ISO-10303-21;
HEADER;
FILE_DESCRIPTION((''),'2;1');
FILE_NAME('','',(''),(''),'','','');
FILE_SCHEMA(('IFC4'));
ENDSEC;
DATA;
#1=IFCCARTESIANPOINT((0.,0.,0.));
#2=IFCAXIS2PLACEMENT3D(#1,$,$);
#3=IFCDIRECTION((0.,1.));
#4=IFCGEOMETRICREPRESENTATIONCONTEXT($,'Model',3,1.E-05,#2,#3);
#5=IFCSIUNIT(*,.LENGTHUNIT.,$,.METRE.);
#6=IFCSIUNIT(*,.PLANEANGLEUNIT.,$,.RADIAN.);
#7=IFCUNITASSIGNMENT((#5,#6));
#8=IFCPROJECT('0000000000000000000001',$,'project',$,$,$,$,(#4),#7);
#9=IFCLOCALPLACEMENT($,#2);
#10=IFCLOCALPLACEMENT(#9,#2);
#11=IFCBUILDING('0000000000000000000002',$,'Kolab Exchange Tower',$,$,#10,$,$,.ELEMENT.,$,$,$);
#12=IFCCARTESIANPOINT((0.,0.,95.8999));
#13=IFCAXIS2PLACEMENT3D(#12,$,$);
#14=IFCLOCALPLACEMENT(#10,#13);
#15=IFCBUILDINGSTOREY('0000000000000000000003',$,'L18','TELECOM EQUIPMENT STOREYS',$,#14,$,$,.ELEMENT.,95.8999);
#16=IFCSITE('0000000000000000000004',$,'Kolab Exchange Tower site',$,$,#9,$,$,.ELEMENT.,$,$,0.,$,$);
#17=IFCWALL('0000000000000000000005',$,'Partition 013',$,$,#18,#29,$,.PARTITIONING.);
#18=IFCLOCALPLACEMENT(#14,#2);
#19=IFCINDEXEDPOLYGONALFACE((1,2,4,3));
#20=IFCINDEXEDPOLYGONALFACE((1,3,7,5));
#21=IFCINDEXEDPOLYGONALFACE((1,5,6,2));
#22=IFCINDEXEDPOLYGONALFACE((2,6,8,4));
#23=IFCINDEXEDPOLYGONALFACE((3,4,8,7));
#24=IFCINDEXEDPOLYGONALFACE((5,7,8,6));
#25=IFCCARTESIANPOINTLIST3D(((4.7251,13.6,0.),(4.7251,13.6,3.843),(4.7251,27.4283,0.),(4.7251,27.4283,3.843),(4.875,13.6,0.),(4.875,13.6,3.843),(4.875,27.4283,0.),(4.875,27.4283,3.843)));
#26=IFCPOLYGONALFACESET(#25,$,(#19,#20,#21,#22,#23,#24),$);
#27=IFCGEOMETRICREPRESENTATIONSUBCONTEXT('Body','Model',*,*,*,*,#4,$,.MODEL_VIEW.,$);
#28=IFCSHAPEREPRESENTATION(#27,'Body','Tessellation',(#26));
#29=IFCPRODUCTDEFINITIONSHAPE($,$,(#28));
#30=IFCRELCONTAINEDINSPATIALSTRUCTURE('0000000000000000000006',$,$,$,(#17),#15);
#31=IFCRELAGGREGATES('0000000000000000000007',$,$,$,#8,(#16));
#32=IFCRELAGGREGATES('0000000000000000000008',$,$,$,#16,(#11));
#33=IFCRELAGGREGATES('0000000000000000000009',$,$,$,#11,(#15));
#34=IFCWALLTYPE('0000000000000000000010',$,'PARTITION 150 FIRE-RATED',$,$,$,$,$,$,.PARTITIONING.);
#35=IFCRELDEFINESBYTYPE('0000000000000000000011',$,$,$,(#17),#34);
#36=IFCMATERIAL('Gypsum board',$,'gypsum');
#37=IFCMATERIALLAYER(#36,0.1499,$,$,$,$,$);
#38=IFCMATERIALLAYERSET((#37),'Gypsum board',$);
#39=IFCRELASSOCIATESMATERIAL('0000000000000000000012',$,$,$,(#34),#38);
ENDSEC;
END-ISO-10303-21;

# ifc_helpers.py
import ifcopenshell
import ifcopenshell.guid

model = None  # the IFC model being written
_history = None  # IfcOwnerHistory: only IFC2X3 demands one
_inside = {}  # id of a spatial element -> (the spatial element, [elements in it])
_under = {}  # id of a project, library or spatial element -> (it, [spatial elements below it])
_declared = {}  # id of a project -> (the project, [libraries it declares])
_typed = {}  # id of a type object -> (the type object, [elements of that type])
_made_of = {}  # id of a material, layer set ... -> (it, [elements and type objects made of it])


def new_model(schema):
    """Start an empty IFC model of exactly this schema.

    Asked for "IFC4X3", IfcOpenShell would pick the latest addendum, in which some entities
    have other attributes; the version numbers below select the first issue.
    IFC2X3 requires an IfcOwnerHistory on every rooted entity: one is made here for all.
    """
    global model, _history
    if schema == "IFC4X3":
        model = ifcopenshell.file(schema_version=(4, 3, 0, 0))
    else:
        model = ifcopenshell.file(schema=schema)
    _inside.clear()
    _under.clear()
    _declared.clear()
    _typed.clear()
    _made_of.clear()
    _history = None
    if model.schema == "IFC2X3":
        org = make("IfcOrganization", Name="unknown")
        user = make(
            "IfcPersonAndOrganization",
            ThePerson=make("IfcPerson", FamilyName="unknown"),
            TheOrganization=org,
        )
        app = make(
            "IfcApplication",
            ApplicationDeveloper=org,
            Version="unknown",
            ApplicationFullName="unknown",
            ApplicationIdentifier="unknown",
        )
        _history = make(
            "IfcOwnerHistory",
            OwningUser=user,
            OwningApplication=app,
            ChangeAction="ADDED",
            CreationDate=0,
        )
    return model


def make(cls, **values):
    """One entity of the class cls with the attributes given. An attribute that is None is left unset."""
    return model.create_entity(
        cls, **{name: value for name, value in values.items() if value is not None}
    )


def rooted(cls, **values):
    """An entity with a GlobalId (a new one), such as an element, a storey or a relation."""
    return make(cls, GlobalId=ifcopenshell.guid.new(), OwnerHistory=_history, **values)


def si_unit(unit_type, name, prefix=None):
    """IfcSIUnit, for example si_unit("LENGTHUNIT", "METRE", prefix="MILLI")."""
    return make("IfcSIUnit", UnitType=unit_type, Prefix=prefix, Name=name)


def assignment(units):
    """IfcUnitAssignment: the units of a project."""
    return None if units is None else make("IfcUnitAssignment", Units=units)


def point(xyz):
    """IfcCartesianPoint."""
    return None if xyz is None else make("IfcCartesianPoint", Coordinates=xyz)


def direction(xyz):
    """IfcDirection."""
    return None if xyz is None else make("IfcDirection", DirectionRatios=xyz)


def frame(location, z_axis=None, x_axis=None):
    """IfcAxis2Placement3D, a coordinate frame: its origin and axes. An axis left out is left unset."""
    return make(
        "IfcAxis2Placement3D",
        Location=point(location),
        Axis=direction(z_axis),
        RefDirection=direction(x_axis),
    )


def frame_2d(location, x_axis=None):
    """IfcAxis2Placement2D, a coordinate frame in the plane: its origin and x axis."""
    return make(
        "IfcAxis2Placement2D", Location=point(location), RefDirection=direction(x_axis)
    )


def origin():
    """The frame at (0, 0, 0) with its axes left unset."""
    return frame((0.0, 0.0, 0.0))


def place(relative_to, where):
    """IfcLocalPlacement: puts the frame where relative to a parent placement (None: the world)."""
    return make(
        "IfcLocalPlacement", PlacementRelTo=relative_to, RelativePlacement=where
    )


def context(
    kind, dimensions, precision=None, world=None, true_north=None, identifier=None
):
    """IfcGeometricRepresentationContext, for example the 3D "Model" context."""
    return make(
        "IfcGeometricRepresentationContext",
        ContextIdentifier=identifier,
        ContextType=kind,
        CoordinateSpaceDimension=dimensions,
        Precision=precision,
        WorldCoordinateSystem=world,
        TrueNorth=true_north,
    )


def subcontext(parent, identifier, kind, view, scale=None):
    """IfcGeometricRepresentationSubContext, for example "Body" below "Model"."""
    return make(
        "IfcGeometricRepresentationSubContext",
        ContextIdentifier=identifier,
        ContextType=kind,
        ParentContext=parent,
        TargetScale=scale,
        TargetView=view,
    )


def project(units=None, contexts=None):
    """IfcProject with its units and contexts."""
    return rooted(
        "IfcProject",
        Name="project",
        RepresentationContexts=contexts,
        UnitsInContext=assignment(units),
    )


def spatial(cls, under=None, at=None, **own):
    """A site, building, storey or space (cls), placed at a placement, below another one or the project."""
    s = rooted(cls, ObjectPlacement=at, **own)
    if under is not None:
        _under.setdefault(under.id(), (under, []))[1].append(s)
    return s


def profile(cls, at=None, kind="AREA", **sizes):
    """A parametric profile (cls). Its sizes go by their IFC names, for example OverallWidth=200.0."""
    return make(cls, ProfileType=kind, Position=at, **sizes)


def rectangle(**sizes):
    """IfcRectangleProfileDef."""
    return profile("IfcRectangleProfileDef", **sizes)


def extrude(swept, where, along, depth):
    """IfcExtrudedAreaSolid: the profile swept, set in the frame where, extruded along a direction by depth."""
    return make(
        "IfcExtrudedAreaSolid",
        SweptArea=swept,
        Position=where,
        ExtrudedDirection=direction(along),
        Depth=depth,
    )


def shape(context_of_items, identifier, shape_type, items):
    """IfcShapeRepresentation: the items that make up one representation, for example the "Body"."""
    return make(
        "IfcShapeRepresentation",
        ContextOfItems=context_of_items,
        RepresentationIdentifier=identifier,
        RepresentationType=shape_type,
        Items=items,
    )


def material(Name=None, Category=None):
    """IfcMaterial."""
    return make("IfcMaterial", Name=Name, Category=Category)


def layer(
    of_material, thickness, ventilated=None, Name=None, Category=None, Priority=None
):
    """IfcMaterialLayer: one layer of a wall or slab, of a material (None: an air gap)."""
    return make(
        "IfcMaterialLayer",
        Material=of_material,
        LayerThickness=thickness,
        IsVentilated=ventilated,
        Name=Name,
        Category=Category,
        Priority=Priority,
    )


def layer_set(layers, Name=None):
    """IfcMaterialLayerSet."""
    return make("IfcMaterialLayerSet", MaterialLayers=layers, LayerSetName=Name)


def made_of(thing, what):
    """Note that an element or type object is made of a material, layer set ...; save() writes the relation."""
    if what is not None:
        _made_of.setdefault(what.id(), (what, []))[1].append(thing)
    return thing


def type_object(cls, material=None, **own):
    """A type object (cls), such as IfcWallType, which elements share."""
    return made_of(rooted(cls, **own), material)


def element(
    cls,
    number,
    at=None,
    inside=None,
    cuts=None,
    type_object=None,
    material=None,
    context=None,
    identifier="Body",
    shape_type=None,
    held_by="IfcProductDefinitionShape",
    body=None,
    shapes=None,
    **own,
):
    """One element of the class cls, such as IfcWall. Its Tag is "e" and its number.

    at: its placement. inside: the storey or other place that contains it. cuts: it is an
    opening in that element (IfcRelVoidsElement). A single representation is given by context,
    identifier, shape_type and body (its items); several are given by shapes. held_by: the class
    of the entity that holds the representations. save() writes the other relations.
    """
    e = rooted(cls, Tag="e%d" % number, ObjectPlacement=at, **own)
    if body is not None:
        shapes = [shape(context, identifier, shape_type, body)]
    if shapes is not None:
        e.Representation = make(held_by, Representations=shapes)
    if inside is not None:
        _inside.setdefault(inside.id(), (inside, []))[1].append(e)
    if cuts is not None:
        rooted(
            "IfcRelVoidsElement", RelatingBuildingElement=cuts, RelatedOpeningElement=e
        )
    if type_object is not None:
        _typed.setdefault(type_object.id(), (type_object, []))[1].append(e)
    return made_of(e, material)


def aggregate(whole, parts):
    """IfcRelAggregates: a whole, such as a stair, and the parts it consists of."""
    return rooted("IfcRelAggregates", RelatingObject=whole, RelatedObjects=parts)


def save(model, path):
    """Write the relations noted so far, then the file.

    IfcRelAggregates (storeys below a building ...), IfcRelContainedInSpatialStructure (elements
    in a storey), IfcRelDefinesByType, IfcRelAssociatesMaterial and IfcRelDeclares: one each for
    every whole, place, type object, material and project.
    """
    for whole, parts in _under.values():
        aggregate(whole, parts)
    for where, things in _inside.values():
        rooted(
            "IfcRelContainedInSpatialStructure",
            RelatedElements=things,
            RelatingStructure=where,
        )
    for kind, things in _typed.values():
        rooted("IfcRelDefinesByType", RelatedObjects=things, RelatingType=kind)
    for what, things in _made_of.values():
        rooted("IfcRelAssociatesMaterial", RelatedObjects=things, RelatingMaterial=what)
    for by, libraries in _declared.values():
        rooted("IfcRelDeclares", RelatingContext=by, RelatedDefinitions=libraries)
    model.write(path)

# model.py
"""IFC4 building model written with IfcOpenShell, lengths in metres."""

from ifc_helpers import new_model, si_unit, direction, frame, frame_2d, origin, place, context, subcontext, project, spatial, rectangle, extrude, material, layer, layer_set, type_object, element, save


model = new_model("IFC4")

# Units and contexts
model_context = context("Model", 3, precision=1e-05, world=origin(), true_north=direction((0.0, 1.0)))
body_context = subcontext(model_context, "Body", "Model", "MODEL_VIEW")
ifc_project = project(units=[si_unit("LENGTHUNIT", "METRE"), si_unit("PLANEANGLEUNIT", "RADIAN")], contexts=[model_context])

# Site, building, storey
site_placement = place(None, origin())
site = spatial("IfcSite", under=ifc_project, at=site_placement, Name="Kolab Exchange Tower site", CompositionType="ELEMENT", RefElevation=0.0)
building_placement = place(site_placement, origin())
building = spatial("IfcBuilding", under=site, at=building_placement, Name="Kolab Exchange Tower", CompositionType="ELEMENT")
storey_placement = place(building_placement, frame((0.0, 0.0, 95.8999)))
storey = spatial("IfcBuildingStorey", under=building, at=storey_placement, Name="L18", Description="TELECOM EQUIPMENT STOREYS", CompositionType="ELEMENT", Elevation=95.8999)

# Wall
ifc_material_1 = material(Name="Gypsum board", Category="gypsum")
ifc_layer_1 = layer(ifc_material_1, 0.1499)
ifc_layer_set_1 = layer_set([ifc_layer_1], Name="Gypsum board")
wall_type_1 = type_object("IfcWallType", Name="PARTITION 150 FIRE-RATED", PredefinedType="PARTITIONING", material=ifc_layer_set_1)
wall_1_placement = place(storey_placement, frame((4.8, 13.6001, 0.0), z_axis=(0.0, 0.0, 1.0), x_axis=(0.0, 1.0, 0.0)))
element("IfcWall", 1, at=wall_1_placement, inside=storey, type_object=wall_type_1, Name="Partition 013", PredefinedType="PARTITIONING", context=body_context, shape_type="SweptSolid", body=[
    extrude(rectangle(XDim=13.8284, YDim=0.1499, at=frame_2d((6.9141, 0.0))), origin(), (0.0, 0.0, 1.0), 3.843),
])

save(model, "model.ifc")
